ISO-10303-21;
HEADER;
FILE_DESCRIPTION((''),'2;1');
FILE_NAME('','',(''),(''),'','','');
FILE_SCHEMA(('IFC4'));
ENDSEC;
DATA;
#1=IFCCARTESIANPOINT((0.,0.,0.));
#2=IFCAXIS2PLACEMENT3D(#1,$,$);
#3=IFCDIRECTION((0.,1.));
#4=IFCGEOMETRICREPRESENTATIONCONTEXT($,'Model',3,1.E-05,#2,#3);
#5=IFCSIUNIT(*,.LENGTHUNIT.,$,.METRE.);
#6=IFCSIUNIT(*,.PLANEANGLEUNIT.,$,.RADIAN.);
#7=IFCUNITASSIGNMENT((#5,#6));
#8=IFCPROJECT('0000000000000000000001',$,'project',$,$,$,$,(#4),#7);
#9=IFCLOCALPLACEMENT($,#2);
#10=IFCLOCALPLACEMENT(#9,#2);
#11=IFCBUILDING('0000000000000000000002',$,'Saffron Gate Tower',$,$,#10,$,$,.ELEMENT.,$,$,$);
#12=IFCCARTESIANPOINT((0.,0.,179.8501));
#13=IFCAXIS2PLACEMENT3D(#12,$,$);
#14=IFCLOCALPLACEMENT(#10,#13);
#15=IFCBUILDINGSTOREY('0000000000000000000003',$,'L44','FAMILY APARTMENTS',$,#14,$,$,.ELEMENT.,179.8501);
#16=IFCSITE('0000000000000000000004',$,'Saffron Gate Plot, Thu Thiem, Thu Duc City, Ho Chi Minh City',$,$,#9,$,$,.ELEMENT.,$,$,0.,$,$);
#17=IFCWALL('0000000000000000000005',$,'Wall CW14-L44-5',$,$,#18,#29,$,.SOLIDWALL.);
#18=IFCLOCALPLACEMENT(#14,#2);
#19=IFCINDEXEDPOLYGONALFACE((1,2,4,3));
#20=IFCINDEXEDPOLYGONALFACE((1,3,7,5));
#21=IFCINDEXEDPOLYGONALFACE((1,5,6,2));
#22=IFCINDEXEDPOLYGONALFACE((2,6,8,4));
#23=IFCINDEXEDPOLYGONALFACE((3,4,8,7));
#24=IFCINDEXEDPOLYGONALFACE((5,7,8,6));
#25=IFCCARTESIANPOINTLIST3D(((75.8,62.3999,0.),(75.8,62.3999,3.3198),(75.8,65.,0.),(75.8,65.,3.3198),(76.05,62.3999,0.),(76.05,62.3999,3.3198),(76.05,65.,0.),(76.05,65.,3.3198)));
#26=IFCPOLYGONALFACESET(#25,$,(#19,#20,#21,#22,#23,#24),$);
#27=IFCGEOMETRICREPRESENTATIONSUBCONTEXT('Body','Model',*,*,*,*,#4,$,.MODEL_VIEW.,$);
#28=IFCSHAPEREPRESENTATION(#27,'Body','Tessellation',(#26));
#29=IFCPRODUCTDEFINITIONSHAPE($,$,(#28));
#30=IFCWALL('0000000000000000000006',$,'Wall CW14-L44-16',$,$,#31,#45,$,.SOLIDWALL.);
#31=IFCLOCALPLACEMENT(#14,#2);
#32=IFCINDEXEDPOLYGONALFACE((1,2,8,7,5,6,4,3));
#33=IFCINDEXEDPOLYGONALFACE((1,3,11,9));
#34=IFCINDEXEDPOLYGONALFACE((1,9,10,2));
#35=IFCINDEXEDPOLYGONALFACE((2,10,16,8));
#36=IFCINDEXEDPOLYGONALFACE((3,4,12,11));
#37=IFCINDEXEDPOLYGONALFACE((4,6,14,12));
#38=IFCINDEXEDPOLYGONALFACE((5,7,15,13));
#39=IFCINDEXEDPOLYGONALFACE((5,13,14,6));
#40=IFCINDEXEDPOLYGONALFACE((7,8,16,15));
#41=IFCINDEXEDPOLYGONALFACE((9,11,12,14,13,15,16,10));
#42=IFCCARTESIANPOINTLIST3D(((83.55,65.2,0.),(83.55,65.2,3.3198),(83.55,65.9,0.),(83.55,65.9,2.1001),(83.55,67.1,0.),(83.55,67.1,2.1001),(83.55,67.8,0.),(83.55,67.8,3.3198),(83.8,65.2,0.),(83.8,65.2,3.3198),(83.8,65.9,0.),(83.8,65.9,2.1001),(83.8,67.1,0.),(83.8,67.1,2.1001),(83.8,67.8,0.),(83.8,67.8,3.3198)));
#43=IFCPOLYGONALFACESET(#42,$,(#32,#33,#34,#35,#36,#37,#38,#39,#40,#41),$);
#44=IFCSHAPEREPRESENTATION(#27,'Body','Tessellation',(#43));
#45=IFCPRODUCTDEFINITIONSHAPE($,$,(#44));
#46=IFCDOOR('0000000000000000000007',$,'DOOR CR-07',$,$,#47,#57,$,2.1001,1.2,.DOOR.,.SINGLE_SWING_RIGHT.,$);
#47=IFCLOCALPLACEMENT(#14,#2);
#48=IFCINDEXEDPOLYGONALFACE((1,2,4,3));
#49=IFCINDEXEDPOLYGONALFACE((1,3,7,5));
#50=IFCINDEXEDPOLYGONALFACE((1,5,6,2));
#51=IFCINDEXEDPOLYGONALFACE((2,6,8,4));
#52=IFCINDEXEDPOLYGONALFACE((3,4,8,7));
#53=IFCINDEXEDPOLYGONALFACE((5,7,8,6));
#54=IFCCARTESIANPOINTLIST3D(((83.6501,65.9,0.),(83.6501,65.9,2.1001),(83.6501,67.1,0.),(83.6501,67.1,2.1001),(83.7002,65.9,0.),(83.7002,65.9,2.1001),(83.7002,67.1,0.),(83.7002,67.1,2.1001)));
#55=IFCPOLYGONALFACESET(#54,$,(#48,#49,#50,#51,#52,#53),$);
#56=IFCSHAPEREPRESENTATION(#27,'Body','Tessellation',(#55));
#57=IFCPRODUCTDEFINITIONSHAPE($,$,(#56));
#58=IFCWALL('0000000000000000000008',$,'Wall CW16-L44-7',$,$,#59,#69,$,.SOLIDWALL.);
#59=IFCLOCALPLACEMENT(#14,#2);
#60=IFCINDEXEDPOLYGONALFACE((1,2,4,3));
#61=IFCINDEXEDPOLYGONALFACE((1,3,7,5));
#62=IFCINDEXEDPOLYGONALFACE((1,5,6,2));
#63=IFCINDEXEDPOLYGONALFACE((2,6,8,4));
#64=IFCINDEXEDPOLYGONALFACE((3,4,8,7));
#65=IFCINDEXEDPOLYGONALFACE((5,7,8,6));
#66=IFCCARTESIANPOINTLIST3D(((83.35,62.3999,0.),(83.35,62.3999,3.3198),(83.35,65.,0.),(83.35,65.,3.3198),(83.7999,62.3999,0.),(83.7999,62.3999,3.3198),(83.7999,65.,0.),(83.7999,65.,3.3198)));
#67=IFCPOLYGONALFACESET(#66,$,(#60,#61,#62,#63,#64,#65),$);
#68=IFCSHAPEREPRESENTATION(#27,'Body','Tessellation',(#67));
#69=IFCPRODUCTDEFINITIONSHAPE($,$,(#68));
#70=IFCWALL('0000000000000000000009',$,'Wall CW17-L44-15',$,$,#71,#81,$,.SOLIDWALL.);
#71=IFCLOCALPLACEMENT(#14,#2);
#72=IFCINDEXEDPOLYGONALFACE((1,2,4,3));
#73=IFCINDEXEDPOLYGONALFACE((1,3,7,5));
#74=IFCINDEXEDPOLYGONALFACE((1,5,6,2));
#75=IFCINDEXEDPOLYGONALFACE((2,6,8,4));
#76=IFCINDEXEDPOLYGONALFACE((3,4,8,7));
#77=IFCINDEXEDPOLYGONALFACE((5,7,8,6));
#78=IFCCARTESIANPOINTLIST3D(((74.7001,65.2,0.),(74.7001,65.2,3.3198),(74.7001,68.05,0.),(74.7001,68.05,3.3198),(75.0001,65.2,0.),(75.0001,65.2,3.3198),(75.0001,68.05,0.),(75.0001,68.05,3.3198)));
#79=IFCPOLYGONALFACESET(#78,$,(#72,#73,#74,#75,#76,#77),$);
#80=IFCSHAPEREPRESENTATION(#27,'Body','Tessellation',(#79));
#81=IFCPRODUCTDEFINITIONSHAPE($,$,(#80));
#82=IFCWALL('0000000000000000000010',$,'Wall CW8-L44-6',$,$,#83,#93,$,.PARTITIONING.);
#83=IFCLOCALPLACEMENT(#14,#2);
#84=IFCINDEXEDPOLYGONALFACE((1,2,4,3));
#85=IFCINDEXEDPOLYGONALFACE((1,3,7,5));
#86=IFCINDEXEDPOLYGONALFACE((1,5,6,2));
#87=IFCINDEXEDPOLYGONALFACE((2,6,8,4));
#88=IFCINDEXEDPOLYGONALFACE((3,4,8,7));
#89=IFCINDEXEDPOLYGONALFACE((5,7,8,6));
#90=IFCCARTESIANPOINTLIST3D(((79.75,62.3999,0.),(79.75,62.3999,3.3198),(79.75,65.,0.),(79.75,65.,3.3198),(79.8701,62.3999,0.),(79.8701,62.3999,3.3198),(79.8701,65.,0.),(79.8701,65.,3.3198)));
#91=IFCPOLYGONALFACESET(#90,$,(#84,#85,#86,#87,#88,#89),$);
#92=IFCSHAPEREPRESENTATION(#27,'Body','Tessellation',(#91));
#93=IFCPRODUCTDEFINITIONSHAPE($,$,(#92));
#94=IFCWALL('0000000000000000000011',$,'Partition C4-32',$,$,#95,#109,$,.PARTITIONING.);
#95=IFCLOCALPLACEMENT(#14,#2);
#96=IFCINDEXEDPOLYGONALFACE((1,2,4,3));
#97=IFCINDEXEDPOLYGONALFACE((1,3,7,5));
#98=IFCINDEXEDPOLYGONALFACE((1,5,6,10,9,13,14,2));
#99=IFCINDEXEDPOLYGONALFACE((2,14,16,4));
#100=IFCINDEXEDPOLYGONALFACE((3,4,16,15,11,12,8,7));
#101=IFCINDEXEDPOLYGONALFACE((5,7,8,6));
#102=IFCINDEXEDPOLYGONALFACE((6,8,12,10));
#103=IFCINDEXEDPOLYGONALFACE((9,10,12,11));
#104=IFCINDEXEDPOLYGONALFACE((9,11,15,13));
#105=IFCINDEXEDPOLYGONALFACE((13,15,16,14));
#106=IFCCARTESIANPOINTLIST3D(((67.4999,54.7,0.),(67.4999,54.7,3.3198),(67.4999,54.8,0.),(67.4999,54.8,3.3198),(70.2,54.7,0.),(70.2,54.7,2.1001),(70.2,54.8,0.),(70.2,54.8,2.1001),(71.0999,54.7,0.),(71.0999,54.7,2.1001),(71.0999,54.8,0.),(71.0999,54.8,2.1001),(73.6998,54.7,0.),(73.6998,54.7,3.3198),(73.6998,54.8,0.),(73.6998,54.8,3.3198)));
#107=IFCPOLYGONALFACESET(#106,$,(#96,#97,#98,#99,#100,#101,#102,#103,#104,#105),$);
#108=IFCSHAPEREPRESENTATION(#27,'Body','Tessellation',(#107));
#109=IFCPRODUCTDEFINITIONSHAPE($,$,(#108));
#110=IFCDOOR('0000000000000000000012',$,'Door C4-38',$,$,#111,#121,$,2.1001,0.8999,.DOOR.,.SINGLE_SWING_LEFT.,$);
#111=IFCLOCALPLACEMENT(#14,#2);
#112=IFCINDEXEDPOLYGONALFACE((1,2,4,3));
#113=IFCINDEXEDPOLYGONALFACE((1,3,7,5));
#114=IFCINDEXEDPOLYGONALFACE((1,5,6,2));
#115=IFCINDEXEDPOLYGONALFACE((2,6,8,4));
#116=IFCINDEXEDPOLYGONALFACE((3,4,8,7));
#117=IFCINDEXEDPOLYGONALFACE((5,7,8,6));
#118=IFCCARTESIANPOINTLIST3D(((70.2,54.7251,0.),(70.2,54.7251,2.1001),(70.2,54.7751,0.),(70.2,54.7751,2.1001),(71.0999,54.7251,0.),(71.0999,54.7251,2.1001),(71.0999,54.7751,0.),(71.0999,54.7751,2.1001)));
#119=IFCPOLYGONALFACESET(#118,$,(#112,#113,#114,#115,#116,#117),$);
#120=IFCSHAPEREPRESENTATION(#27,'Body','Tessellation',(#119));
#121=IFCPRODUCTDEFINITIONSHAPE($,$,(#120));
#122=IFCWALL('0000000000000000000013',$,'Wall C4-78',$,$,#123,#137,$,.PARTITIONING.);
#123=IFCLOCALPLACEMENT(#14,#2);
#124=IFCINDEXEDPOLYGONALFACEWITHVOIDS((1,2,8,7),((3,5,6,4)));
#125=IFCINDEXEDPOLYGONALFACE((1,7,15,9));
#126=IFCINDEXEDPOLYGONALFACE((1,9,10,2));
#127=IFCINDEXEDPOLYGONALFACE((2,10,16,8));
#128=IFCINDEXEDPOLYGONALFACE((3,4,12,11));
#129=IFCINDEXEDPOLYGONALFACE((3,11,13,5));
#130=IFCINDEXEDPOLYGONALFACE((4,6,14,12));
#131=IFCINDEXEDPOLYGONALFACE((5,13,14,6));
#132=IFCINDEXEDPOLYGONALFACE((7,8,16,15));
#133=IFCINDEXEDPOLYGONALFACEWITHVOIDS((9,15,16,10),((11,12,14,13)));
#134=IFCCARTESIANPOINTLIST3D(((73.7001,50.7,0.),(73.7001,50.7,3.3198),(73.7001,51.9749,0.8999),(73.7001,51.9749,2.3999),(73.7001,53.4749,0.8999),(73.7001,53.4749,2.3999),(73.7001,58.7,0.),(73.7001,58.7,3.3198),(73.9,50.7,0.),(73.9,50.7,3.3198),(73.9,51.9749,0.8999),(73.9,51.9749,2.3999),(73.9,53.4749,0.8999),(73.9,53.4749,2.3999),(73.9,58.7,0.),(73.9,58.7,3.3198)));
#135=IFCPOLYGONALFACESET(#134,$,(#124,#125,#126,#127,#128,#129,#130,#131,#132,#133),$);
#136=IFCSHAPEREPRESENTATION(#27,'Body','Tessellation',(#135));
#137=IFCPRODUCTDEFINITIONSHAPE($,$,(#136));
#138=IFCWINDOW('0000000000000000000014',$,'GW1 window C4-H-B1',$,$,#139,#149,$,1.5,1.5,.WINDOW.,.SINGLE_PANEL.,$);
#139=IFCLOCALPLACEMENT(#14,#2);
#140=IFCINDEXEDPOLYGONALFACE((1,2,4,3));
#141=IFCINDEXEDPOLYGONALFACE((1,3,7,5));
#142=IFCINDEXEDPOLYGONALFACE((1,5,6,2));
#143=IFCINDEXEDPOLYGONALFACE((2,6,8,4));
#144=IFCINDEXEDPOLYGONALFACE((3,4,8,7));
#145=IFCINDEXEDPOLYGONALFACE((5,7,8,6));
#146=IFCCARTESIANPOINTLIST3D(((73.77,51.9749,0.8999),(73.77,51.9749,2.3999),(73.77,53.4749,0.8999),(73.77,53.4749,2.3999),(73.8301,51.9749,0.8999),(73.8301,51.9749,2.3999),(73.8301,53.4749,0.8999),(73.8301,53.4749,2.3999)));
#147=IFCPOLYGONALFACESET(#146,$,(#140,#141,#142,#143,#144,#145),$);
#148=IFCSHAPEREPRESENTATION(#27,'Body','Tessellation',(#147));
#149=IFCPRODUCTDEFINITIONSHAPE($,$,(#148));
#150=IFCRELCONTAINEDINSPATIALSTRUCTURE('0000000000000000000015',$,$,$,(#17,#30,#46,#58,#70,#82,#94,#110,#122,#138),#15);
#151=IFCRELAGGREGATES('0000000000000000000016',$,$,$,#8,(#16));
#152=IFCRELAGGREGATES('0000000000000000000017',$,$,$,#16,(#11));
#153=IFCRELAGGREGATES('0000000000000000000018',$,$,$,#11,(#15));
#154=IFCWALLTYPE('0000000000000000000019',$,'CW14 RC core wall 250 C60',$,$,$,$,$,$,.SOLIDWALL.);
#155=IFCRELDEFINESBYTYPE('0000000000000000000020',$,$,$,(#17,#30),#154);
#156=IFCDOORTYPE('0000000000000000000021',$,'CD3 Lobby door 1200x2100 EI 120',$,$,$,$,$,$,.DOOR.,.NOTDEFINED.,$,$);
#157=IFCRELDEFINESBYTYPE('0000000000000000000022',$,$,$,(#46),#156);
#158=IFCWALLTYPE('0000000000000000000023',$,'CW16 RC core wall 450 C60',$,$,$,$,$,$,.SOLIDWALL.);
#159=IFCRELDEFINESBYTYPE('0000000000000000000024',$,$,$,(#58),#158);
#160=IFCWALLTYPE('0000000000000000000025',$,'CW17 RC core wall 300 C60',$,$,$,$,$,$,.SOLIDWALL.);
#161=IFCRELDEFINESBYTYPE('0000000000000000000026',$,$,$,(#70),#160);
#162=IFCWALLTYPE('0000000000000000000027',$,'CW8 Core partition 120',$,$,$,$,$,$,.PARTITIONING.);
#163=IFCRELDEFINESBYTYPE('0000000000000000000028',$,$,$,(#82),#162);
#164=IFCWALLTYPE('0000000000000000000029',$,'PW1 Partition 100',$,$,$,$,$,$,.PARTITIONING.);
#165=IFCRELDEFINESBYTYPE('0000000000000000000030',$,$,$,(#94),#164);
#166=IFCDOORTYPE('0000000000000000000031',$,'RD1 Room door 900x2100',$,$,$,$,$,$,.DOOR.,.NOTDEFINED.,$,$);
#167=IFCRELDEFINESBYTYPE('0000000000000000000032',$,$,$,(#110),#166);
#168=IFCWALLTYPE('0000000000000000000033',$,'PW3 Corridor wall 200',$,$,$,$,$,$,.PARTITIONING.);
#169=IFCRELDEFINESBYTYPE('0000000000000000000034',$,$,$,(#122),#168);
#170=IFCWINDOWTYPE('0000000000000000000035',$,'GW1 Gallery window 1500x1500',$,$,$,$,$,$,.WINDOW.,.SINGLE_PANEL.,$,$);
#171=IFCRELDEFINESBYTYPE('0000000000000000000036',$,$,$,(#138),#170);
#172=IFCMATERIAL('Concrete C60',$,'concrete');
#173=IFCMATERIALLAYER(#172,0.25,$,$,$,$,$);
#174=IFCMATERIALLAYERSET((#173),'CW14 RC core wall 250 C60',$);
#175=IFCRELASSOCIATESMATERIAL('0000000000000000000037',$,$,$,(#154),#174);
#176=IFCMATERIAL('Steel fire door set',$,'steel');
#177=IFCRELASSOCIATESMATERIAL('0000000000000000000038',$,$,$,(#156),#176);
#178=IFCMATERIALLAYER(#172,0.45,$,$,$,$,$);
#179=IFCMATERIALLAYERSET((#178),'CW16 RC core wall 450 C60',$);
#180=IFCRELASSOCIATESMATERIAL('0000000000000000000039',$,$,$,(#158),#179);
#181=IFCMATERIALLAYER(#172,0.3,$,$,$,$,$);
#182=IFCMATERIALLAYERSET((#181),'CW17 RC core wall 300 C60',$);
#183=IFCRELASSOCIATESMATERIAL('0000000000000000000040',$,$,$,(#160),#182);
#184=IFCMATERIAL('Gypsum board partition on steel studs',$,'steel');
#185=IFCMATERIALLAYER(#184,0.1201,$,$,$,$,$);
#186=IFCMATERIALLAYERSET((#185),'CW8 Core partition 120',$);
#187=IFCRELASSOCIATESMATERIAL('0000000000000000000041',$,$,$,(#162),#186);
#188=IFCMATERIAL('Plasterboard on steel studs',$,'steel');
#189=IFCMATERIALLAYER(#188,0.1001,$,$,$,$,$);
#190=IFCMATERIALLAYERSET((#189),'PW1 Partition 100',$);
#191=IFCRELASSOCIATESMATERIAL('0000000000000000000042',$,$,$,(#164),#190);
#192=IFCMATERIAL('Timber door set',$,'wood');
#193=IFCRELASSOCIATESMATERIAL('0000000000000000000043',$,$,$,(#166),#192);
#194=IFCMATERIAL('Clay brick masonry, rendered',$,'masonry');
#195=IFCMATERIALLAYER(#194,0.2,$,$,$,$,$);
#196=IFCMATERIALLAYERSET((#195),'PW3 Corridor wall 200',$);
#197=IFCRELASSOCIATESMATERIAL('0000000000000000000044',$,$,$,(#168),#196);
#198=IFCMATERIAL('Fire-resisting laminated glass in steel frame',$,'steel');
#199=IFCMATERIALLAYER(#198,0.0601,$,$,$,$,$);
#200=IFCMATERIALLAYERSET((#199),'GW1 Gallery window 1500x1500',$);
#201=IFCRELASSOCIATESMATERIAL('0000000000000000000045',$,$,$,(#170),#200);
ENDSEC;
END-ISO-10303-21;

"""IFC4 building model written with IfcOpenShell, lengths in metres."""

from ifc_helpers import new_model, si_unit, direction, frame, frame_2d, origin, place, context, subcontext, project, spatial, rectangle, extrude, material, layer, layer_set, type_object, element, fill, save


model = new_model("IFC4")

# Units and contexts
model_context = context("Model", 3, precision=1e-05, world=origin(), true_north=direction((0.0, 1.0)))
body_context = subcontext(model_context, "Body", "Model", "MODEL_VIEW")
ifc_project = project(units=[si_unit("LENGTHUNIT", "METRE"), si_unit("PLANEANGLEUNIT", "RADIAN")], contexts=[model_context])

# Site, building, storey
site_placement = place(None, origin())
site = spatial("IfcSite", under=ifc_project, at=site_placement, Name="Saffron Gate Plot, Thu Thiem, Thu Duc City, Ho Chi Minh City", CompositionType="ELEMENT", RefElevation=0.0)
building_placement = place(site_placement, origin())
building = spatial("IfcBuilding", under=site, at=building_placement, Name="Saffron Gate Tower", CompositionType="ELEMENT")
storey_placement = place(building_placement, frame((0.0, 0.0, 179.8501)))
storey = spatial("IfcBuildingStorey", under=building, at=storey_placement, Name="L44", Description="FAMILY APARTMENTS", CompositionType="ELEMENT", Elevation=179.8501)

# Wall
ifc_material_1 = material(Name="Concrete C60", Category="concrete")
ifc_layer_1 = layer(ifc_material_1, 0.25)
ifc_layer_set_1 = layer_set([ifc_layer_1], Name="CW14 RC core wall 250 C60")
wall_type_1 = type_object("IfcWallType", Name="CW14 RC core wall 250 C60", PredefinedType="SOLIDWALL", material=ifc_layer_set_1)
wall_1_placement = place(storey_placement, frame((75.925, 62.3999, 0.0), z_axis=(0.0, 0.0, 1.0), x_axis=(0.0, 1.0, 0.0)))
element("IfcWall", 1, at=wall_1_placement, inside=storey, type_object=wall_type_1, Name="Wall CW14-L44-5", PredefinedType="SOLIDWALL", context=body_context, shape_type="SweptSolid", body=[
    extrude(rectangle(XDim=2.6001, YDim=0.25, at=frame_2d((1.3, 0.0))), origin(), (0.0, 0.0, 1.0), 3.3198),
])

# Wall, opening, door
wall_2_placement = place(storey_placement, frame((83.675, 65.2, 0.0), z_axis=(0.0, 0.0, 1.0), x_axis=(0.0, 1.0, 0.0)))
wall_2 = element("IfcWall", 2, at=wall_2_placement, inside=storey, type_object=wall_type_1, Name="Wall CW14-L44-16", PredefinedType="SOLIDWALL", context=body_context, shape_type="SweptSolid", body=[
    extrude(rectangle(XDim=2.6001, YDim=0.25, at=frame_2d((1.3, 0.0))), origin(), (0.0, 0.0, 1.0), 3.3198),
])
opening_1_placement = place(wall_2_placement, frame((0.7, 0.0, 0.0)))
opening_1 = element("IfcOpeningElement", 3, at=opening_1_placement, cuts=wall_2, PredefinedType="OPENING", context=body_context, shape_type="SweptSolid", body=[
    extrude(rectangle(XDim=1.2, YDim=2.1001, at=frame_2d((0.6001, 1.05))), frame((0.0, 0.135, 0.0), z_axis=(0.0, -1.0, 0.0), x_axis=(1.0, 0.0, 0.0)), (0.0, 0.0, 1.0), 0.27),
])
ifc_material_2 = material(Name="Steel fire door set", Category="steel")
door_type_1 = type_object("IfcDoorType", Name="CD3 Lobby door 1200x2100 EI 120", OperationType="NOTDEFINED", PredefinedType="DOOR", material=ifc_material_2)
door_1_placement = place(opening_1_placement, origin())
door_1 = element("IfcDoor", 4, at=door_1_placement, inside=storey, type_object=door_type_1, Name="DOOR CR-07", OperationType="SINGLE_SWING_RIGHT", OverallHeight=2.1001, OverallWidth=1.2, PredefinedType="DOOR", context=body_context, shape_type="SweptSolid", body=[
    extrude(rectangle(XDim=1.2, YDim=2.1001, at=frame_2d((0.6001, 1.05))), frame((0.0, 0.0249, 0.0), z_axis=(0.0, -1.0, 0.0), x_axis=(1.0, 0.0, 0.0)), (0.0, 0.0, 1.0), 0.05),
])
fill(opening_1, door_1)

# Walls
ifc_layer_2 = layer(ifc_material_1, 0.45)
ifc_layer_set_2 = layer_set([ifc_layer_2], Name="CW16 RC core wall 450 C60")
wall_type_2 = type_object("IfcWallType", Name="CW16 RC core wall 450 C60", PredefinedType="SOLIDWALL", material=ifc_layer_set_2)
wall_3_placement = place(storey_placement, frame((83.575, 62.3999, 0.0), z_axis=(0.0, 0.0, 1.0), x_axis=(0.0, 1.0, 0.0)))
element("IfcWall", 5, at=wall_3_placement, inside=storey, type_object=wall_type_2, Name="Wall CW16-L44-7", PredefinedType="SOLIDWALL", context=body_context, shape_type="SweptSolid", body=[
    extrude(rectangle(XDim=2.6001, YDim=0.45, at=frame_2d((1.3, 0.0))), origin(), (0.0, 0.0, 1.0), 3.3198),
])
ifc_layer_3 = layer(ifc_material_1, 0.3)
ifc_layer_set_3 = layer_set([ifc_layer_3], Name="CW17 RC core wall 300 C60")
wall_type_3 = type_object("IfcWallType", Name="CW17 RC core wall 300 C60", PredefinedType="SOLIDWALL", material=ifc_layer_set_3)
wall_4_placement = place(storey_placement, frame((74.8501, 65.2, 0.0), z_axis=(0.0, 0.0, 1.0), x_axis=(0.0, 1.0, 0.0)))
element("IfcWall", 6, at=wall_4_placement, inside=storey, type_object=wall_type_3, Name="Wall CW17-L44-15", PredefinedType="SOLIDWALL", context=body_context, shape_type="SweptSolid", body=[
    extrude(rectangle(XDim=2.8501, YDim=0.3, at=frame_2d((1.425, 0.0))), origin(), (0.0, 0.0, 1.0), 3.3198),
])
ifc_material_3 = material(Name="Gypsum board partition on steel studs", Category="steel")
ifc_layer_4 = layer(ifc_material_3, 0.1201)
ifc_layer_set_4 = layer_set([ifc_layer_4], Name="CW8 Core partition 120")
wall_type_4 = type_object("IfcWallType", Name="CW8 Core partition 120", PredefinedType="PARTITIONING", material=ifc_layer_set_4)
wall_5_placement = place(storey_placement, frame((79.8101, 62.3999, 0.0), z_axis=(0.0, 0.0, 1.0), x_axis=(0.0, 1.0, 0.0)))
element("IfcWall", 7, at=wall_5_placement, inside=storey, type_object=wall_type_4, Name="Wall CW8-L44-6", PredefinedType="PARTITIONING", context=body_context, shape_type="SweptSolid", body=[
    extrude(rectangle(XDim=2.6001, YDim=0.1201, at=frame_2d((1.3, 0.0))), origin(), (0.0, 0.0, 1.0), 3.3198),
])

# Wall, opening, door
ifc_material_4 = material(Name="Plasterboard on steel studs", Category="steel")
ifc_layer_5 = layer(ifc_material_4, 0.1001)
ifc_layer_set_5 = layer_set([ifc_layer_5], Name="PW1 Partition 100")
wall_type_5 = type_object("IfcWallType", Name="PW1 Partition 100", PredefinedType="PARTITIONING", material=ifc_layer_set_5)
wall_6_placement = place(storey_placement, frame((73.7, 54.75, 0.0), z_axis=(0.0, 0.0, 1.0), x_axis=(-1.0, 0.0, 0.0)))
wall_6 = element("IfcWall", 8, at=wall_6_placement, inside=storey, type_object=wall_type_5, Name="Partition C4-32", PredefinedType="PARTITIONING", context=body_context, shape_type="SweptSolid", body=[
    extrude(rectangle(XDim=6.2, YDim=0.1001, at=frame_2d((3.1001, 0.0))), origin(), (0.0, 0.0, 1.0), 3.3198),
])
opening_2_placement = place(wall_6_placement, frame((2.6001, 0.0, 0.0)))
opening_2 = element("IfcOpeningElement", 9, at=opening_2_placement, cuts=wall_6, PredefinedType="OPENING", context=body_context, shape_type="SweptSolid", body=[
    extrude(rectangle(XDim=0.8999, YDim=2.1001, at=frame_2d((0.45, 1.05))), frame((0.0, 0.0601, 0.0), z_axis=(0.0, -1.0, 0.0), x_axis=(1.0, 0.0, 0.0)), (0.0, 0.0, 1.0), 0.1201),
])
ifc_material_5 = material(Name="Timber door set", Category="wood")
door_type_2 = type_object("IfcDoorType", Name="RD1 Room door 900x2100", OperationType="NOTDEFINED", PredefinedType="DOOR", material=ifc_material_5)
door_2_placement = place(opening_2_placement, origin())
door_2 = element("IfcDoor", 10, at=door_2_placement, inside=storey, type_object=door_type_2, Name="Door C4-38", OperationType="SINGLE_SWING_LEFT", OverallHeight=2.1001, OverallWidth=0.8999, PredefinedType="DOOR", context=body_context, shape_type="SweptSolid", body=[
    extrude(rectangle(XDim=0.8999, YDim=2.1001, at=frame_2d((0.45, 1.05))), frame((0.0, 0.0249, 0.0), z_axis=(0.0, -1.0, 0.0), x_axis=(1.0, 0.0, 0.0)), (0.0, 0.0, 1.0), 0.05),
])
fill(opening_2, door_2)

# Wall, opening, window
ifc_material_6 = material(Name="Clay brick masonry, rendered", Category="masonry")
ifc_layer_6 = layer(ifc_material_6, 0.2)
ifc_layer_set_6 = layer_set([ifc_layer_6], Name="PW3 Corridor wall 200")
wall_type_6 = type_object("IfcWallType", Name="PW3 Corridor wall 200", PredefinedType="PARTITIONING", material=ifc_layer_set_6)
wall_7_placement = place(storey_placement, frame((73.8, 58.7, 0.0), z_axis=(0.0, 0.0, 1.0), x_axis=(0.0, -1.0, 0.0)))
wall_7 = element("IfcWall", 11, at=wall_7_placement, inside=storey, type_object=wall_type_6, Name="Wall C4-78", PredefinedType="PARTITIONING", context=body_context, shape_type="SweptSolid", body=[
    extrude(rectangle(XDim=8.0, YDim=0.2, at=frame_2d((4.0, 0.0))), origin(), (0.0, 0.0, 1.0), 3.3198),
])
opening_3_placement = place(wall_7_placement, frame((5.2251, 0.0, 0.8999)))
opening_3 = element("IfcOpeningElement", 12, at=opening_3_placement, cuts=wall_7, PredefinedType="OPENING", context=body_context, shape_type="SweptSolid", body=[
    extrude(rectangle(XDim=1.5, YDim=1.5, at=frame_2d((0.75, 0.75))), frame((0.0, 0.1099, 0.0), z_axis=(0.0, -1.0, 0.0), x_axis=(1.0, 0.0, 0.0)), (0.0, 0.0, 1.0), 0.22),
])
ifc_material_7 = material(Name="Fire-resisting laminated glass in steel frame", Category="steel")
ifc_layer_7 = layer(ifc_material_7, 0.0601)
ifc_layer_set_7 = layer_set([ifc_layer_7], Name="GW1 Gallery window 1500x1500")
window_type = type_object("IfcWindowType", Name="GW1 Gallery window 1500x1500", PartitioningType="SINGLE_PANEL", PredefinedType="WINDOW", material=ifc_layer_set_7)
window_placement = place(opening_3_placement, origin())
window = element("IfcWindow", 13, at=window_placement, inside=storey, type_object=window_type, Name="GW1 window C4-H-B1", OverallHeight=1.5, OverallWidth=1.5, PartitioningType="SINGLE_PANEL", PredefinedType="WINDOW", context=body_context, shape_type="SweptSolid", body=[
    extrude(rectangle(XDim=1.5, YDim=1.5, at=frame_2d((0.75, 0.75))), frame((0.0, 0.03, 0.0), z_axis=(0.0, -1.0, 0.0), x_axis=(1.0, 0.0, 0.0)), (0.0, 0.0, 1.0), 0.0601),
])
fill(opening_3, window)

save(model, "model.ifc")
